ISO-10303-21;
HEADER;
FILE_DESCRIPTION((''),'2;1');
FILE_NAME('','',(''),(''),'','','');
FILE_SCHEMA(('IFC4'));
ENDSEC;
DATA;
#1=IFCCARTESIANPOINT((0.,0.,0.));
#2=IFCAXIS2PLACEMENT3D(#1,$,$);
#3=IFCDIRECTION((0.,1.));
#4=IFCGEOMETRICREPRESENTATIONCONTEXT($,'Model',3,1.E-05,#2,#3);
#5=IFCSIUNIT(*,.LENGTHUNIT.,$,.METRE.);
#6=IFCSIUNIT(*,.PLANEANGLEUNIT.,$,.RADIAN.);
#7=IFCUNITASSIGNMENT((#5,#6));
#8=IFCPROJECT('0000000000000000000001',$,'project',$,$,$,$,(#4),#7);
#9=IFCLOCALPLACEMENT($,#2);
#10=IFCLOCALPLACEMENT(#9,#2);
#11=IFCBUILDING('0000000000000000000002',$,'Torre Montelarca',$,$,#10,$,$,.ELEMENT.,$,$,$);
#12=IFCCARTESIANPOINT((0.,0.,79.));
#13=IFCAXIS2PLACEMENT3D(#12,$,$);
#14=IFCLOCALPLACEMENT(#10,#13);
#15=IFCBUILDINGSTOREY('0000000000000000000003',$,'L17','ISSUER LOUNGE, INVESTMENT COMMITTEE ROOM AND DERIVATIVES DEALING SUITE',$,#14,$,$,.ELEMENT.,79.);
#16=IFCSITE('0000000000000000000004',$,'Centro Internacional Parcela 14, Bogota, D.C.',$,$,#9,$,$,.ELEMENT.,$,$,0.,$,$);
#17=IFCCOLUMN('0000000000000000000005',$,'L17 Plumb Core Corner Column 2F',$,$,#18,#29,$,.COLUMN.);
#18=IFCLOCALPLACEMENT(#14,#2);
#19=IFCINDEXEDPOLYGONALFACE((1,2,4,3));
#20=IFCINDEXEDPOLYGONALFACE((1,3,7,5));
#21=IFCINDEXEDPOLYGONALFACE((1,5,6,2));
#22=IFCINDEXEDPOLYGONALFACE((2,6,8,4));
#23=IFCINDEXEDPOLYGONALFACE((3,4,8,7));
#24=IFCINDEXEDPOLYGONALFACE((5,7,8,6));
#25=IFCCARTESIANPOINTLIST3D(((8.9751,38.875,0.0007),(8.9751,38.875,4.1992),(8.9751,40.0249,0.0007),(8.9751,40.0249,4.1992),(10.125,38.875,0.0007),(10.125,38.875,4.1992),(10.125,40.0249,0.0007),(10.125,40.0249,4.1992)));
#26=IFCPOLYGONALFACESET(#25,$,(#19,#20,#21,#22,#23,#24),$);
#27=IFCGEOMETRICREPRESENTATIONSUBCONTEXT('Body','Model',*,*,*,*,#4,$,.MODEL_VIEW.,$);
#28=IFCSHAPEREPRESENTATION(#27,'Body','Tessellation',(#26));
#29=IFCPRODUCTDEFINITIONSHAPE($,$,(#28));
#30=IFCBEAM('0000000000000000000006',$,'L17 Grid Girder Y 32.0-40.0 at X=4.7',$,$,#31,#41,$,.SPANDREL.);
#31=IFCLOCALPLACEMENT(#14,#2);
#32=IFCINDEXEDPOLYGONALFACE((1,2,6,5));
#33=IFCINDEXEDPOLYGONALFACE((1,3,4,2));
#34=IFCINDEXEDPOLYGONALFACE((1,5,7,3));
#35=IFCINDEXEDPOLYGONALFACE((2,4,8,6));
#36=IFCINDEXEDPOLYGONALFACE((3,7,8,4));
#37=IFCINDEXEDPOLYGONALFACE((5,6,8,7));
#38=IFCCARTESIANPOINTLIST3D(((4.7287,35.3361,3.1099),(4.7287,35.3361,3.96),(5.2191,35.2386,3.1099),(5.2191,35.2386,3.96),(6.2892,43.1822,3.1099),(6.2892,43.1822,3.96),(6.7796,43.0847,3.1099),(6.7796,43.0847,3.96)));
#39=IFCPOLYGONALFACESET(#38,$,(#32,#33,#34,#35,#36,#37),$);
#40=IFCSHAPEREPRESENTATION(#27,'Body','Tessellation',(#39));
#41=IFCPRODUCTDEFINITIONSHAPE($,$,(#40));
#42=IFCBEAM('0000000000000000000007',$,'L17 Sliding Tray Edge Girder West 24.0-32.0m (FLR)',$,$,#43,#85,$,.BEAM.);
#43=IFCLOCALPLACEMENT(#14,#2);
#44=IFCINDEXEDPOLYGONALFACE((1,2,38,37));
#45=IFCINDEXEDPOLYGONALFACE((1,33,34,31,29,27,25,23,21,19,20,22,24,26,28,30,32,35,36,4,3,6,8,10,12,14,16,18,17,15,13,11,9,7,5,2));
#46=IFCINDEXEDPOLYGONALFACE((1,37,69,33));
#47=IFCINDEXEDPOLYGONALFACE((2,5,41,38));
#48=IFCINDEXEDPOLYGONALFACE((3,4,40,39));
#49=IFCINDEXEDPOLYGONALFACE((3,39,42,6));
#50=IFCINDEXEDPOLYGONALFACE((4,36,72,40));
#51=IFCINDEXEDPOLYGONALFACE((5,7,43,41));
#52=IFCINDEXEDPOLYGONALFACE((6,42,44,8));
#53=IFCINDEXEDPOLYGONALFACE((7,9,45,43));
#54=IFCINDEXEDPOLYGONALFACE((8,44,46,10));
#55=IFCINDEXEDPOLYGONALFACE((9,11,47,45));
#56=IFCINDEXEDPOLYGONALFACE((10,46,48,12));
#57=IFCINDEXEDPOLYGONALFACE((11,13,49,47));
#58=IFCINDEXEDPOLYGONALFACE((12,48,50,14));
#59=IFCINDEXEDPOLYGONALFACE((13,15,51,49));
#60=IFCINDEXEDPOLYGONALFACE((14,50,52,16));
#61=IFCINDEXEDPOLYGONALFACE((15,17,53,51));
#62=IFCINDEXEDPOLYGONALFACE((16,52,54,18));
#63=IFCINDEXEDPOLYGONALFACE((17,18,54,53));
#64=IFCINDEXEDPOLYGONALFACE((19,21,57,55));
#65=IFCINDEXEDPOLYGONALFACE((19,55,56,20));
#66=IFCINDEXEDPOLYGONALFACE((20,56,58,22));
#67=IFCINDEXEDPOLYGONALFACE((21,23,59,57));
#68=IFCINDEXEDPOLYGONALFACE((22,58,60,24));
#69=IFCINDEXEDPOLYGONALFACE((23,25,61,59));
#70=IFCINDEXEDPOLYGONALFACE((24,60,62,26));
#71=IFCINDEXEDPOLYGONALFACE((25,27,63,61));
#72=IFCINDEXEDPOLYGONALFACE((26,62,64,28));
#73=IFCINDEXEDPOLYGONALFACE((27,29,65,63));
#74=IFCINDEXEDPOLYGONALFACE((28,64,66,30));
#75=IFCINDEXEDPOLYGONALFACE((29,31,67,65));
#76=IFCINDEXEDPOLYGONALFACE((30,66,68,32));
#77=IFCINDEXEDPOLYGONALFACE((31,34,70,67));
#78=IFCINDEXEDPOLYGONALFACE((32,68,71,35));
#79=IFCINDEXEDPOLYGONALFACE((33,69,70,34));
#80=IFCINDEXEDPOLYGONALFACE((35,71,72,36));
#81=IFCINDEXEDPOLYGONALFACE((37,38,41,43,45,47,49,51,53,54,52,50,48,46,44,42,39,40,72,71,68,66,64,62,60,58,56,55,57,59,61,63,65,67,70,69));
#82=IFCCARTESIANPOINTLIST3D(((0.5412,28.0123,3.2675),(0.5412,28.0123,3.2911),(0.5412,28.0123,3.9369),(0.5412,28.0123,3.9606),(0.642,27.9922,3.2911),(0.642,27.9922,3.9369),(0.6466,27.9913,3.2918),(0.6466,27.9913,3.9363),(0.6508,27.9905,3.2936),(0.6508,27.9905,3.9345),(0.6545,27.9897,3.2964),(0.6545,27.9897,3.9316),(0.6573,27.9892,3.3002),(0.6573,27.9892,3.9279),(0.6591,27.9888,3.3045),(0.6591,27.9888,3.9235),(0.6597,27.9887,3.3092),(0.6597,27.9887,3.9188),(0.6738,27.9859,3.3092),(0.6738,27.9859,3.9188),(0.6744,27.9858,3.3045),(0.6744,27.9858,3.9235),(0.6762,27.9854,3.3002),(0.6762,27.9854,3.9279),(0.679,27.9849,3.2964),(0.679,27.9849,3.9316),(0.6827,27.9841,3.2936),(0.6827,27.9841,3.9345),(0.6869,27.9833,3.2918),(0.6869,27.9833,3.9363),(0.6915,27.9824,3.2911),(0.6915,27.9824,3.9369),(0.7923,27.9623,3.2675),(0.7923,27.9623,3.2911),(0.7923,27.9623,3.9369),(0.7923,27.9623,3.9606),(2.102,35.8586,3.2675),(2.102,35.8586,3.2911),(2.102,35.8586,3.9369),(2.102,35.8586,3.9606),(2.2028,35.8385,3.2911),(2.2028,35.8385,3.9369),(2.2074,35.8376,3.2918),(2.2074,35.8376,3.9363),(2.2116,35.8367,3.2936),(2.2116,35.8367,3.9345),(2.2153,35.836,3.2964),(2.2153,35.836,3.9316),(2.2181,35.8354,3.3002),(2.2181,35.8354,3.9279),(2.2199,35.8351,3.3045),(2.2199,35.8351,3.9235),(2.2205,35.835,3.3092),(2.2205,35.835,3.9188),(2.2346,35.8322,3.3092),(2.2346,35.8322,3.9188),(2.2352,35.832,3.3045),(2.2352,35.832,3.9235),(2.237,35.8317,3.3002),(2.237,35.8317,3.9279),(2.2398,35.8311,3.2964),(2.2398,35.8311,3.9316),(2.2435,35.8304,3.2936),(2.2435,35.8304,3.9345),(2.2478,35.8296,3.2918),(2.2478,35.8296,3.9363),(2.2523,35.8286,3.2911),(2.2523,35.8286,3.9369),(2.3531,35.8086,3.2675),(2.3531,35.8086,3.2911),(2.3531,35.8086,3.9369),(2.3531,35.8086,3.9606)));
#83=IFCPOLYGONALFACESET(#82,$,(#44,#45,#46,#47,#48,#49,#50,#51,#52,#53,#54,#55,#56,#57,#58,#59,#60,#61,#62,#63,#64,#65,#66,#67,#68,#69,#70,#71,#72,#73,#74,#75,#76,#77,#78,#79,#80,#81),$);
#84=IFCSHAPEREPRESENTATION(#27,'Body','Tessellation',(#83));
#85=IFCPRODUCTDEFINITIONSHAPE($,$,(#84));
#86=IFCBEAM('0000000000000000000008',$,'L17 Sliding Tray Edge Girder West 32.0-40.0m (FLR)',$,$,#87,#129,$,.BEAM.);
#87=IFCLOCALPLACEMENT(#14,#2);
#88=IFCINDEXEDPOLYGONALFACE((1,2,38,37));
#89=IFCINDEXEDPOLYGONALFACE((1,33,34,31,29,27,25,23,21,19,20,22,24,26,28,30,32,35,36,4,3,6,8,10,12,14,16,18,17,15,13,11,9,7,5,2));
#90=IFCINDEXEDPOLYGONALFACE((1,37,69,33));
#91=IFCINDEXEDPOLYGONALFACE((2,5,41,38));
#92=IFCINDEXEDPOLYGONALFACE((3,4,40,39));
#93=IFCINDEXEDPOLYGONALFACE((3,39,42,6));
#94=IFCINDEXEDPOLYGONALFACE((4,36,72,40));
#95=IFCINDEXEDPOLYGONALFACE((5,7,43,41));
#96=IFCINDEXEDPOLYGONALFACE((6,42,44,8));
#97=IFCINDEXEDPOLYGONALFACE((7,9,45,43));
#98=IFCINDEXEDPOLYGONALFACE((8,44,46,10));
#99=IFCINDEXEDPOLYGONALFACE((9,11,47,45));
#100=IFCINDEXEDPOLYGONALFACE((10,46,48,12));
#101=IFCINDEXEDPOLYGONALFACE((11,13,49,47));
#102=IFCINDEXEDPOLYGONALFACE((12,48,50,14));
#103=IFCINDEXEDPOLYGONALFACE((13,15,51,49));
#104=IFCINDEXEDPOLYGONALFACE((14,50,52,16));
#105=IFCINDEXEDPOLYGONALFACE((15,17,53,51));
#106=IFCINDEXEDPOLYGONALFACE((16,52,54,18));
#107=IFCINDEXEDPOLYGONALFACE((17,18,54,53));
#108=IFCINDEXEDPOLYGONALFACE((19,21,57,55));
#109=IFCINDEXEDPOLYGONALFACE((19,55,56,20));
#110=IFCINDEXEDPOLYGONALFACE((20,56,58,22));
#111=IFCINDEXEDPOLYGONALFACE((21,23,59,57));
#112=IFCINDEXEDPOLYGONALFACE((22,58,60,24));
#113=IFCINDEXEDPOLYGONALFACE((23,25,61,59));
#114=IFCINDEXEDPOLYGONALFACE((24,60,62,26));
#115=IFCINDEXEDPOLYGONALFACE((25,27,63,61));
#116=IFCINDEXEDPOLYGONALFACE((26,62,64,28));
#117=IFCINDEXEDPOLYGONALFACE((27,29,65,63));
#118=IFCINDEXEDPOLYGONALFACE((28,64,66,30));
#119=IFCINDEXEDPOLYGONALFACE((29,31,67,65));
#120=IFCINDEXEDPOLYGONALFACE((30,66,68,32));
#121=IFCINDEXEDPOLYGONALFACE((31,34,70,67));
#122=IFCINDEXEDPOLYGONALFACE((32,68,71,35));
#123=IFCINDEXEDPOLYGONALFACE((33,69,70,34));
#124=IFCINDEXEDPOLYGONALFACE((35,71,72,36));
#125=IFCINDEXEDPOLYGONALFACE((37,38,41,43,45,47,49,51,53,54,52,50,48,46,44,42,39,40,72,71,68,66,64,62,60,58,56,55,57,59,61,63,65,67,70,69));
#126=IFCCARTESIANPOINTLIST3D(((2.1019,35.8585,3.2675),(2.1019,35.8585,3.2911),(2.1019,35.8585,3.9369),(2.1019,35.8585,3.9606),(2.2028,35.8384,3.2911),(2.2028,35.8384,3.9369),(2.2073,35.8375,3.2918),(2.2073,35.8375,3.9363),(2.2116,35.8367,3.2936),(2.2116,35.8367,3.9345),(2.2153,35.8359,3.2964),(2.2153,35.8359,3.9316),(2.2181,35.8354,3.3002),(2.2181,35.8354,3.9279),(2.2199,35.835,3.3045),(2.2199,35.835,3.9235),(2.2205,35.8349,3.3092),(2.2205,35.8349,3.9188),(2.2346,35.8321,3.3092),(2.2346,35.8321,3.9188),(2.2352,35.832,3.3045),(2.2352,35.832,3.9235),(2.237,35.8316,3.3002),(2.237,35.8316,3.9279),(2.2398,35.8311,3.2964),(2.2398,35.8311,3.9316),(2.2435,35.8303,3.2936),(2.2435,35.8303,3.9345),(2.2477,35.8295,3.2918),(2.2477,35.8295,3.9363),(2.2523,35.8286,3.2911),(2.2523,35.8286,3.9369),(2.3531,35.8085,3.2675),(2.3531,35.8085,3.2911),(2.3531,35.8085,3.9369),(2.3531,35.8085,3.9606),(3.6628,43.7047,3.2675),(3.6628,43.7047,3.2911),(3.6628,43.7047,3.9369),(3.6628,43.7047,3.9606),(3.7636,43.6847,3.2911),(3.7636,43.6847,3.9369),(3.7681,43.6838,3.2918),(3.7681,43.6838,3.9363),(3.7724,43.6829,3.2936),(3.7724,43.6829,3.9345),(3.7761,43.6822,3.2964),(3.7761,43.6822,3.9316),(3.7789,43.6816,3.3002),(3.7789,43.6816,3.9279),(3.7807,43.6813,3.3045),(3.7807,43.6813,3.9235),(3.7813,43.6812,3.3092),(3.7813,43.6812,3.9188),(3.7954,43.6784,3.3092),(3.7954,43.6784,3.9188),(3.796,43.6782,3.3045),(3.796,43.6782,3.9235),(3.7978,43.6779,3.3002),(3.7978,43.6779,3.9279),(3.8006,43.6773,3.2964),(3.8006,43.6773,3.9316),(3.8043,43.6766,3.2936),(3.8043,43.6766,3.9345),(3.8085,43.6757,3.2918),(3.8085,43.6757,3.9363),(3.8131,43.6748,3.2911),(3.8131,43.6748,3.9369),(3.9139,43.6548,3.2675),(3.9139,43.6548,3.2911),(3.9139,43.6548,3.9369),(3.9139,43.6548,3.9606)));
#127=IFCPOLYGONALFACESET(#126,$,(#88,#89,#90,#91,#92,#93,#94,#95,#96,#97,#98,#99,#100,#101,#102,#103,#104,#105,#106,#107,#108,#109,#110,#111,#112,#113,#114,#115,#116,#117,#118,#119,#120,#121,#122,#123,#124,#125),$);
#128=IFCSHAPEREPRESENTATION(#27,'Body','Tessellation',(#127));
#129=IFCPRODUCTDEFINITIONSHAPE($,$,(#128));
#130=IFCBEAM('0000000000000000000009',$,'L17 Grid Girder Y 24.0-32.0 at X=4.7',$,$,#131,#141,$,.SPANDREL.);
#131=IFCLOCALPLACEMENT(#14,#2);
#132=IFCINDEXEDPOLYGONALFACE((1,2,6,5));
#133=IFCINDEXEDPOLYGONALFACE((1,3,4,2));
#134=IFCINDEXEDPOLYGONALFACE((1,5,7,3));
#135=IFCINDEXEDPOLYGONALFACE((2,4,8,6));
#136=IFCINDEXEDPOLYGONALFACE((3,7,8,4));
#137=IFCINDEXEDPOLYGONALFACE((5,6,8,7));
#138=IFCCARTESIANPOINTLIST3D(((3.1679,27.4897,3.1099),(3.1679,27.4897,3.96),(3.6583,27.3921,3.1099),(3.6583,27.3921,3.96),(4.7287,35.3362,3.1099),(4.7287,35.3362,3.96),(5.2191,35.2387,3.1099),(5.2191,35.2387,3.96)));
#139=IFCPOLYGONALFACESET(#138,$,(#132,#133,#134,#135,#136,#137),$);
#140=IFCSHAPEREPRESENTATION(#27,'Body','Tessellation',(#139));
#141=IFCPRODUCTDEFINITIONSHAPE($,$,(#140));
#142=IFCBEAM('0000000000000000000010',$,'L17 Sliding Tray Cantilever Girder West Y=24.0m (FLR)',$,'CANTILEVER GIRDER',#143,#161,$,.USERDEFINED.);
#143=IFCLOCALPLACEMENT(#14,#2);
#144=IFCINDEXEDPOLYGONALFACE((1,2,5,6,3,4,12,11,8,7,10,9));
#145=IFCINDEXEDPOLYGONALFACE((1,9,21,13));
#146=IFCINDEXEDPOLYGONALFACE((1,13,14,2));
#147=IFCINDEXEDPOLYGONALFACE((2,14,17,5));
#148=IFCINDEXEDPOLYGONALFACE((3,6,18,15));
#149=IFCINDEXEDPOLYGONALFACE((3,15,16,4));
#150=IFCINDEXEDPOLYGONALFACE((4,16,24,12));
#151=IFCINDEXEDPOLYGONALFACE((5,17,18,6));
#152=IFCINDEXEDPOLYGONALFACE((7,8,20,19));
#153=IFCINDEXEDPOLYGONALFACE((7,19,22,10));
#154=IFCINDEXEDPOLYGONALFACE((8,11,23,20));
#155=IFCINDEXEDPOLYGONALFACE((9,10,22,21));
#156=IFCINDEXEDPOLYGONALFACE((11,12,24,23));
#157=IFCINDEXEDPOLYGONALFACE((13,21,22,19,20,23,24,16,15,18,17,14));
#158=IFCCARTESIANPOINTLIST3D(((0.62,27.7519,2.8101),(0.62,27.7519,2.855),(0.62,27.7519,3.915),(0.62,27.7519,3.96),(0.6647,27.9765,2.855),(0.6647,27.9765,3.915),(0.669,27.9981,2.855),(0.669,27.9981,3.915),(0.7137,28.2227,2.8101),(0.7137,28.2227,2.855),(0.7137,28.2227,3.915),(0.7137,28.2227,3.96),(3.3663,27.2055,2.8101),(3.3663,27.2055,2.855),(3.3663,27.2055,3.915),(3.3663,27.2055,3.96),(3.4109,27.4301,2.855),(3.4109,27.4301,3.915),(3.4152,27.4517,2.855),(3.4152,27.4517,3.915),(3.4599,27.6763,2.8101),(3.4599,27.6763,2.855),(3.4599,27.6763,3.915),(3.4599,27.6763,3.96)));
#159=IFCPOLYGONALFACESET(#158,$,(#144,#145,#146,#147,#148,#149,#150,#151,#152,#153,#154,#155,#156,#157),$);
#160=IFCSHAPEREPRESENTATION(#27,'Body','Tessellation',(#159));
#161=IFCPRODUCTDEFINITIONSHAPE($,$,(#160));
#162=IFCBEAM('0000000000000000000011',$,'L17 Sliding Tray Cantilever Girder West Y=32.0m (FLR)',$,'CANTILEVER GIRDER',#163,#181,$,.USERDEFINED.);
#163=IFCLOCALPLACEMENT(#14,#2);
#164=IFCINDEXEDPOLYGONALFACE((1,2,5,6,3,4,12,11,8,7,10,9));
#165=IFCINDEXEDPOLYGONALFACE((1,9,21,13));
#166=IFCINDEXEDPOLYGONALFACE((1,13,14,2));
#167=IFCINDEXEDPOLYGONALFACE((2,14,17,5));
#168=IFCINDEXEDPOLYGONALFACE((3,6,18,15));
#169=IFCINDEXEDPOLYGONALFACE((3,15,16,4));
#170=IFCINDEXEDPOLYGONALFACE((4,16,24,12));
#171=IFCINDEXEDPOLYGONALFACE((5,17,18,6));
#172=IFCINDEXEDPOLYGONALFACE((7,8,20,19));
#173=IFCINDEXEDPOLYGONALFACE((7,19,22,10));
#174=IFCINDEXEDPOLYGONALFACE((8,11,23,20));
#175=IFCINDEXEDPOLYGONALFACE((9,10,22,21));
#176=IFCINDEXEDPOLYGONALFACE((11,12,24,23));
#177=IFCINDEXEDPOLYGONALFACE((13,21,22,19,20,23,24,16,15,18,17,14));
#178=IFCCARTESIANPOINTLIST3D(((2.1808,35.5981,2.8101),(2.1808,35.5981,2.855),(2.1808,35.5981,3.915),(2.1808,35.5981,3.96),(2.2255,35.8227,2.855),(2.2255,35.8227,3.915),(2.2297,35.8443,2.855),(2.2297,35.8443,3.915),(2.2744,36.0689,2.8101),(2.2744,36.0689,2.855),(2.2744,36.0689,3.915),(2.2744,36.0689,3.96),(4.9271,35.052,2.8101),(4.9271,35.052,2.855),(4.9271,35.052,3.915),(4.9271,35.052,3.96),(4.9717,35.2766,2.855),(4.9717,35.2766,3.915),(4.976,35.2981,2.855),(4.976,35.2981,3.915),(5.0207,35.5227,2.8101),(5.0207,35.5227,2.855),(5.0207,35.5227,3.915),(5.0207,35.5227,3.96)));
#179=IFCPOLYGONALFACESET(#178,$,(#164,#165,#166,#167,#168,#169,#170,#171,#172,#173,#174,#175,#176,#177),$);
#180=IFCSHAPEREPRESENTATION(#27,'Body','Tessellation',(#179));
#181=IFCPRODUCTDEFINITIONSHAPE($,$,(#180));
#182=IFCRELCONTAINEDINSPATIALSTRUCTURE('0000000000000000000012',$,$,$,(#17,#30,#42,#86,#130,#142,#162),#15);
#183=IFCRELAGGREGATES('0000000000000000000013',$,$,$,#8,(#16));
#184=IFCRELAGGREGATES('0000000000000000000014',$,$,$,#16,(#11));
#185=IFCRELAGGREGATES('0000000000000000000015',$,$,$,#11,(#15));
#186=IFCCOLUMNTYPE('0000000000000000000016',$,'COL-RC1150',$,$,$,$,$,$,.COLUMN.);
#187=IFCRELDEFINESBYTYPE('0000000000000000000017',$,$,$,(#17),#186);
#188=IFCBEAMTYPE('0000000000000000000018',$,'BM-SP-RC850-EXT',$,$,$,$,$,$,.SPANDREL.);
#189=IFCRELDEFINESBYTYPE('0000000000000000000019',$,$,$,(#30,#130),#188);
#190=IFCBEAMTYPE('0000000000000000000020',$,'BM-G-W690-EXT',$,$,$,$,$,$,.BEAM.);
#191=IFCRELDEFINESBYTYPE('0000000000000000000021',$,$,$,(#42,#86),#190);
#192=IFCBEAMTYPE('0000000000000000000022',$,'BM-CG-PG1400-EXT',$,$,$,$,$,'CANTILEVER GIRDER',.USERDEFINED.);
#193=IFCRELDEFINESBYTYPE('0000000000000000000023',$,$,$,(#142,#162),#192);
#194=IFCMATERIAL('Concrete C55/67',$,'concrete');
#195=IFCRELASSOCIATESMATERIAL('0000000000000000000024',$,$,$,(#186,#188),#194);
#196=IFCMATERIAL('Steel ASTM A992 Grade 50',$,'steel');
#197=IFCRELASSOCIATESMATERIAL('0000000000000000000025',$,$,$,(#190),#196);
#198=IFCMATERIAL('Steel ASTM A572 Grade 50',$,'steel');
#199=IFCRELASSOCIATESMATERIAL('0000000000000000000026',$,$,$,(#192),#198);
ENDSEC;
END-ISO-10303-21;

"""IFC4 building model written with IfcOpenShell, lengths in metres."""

from ifc_helpers import new_model, si_unit, direction, frame, origin, origin_2d, place, context, subcontext, project, spatial, rectangle, i_section, extrude, source, transform, mapped, material, material_profile, profile_set, type_object, element, save


model = new_model("IFC4")

# Units and contexts
model_context = context("Model", 3, precision=1e-05, world=origin(), true_north=direction((0.0, 1.0)))
body_context = subcontext(model_context, "Body", "Model", "MODEL_VIEW")
ifc_project = project(units=[si_unit("LENGTHUNIT", "METRE"), si_unit("PLANEANGLEUNIT", "RADIAN")], contexts=[model_context])

# Site, building, storey
site_placement = place(None, origin())
site = spatial("IfcSite", under=ifc_project, at=site_placement, Name="Centro Internacional Parcela 14, Bogota, D.C.", CompositionType="ELEMENT", RefElevation=0.0)
building_placement = place(site_placement, origin())
building = spatial("IfcBuilding", under=site, at=building_placement, Name="Torre Montelarca", CompositionType="ELEMENT")
storey_placement = place(building_placement, frame((0.0, 0.0, 79.0)))
storey = spatial("IfcBuildingStorey", under=building, at=storey_placement, Name="L17", Description="ISSUER LOUNGE, INVESTMENT COMMITTEE ROOM AND DERIVATIVES DEALING SUITE", CompositionType="ELEMENT", Elevation=79.0)

# Column
ifc_material_1 = material(Name="Concrete C55/67", Category="concrete")
ifc_material_profile_1 = material_profile(ifc_material_1, rectangle(XDim=1.1499, YDim=1.1499, at=origin_2d()), Name="RC1150X1150", Category="concrete")
ifc_profile_set_1 = profile_set([ifc_material_profile_1], Name="Concrete C55/67")
column_type_1 = type_object("IfcColumnType", Name="COL-RC1150", PredefinedType="COLUMN", material=ifc_profile_set_1)
shared_shape_1 = source(origin(), body_context, "Body", "SweptSolid", [
    extrude(rectangle(XDim=1.1499, YDim=1.1499, at=origin_2d()), origin(), (0.0, 0.0, 1.0), 4.1985),
])
column_1_placement = place(storey_placement, frame((9.55, 39.45, 0.0007), z_axis=(0.0, 0.0, 1.0), x_axis=(1.0, 0.0, 0.0)))
element("IfcColumn", 1, at=column_1_placement, inside=storey, type_object=column_type_1, Name="L17 Plumb Core Corner Column 2F", PredefinedType="COLUMN", context=body_context, shape_type="MappedRepresentation", body=[
    mapped(shared_shape_1, transform((0.0, 0.0, 0.0), scale=1.0)),
])

# Beams
ifc_material_profile_2 = material_profile(ifc_material_1, rectangle(XDim=0.5, YDim=0.8501, at=origin_2d()), Name="RCB500X850", Category="concrete")
ifc_profile_set_2 = profile_set([ifc_material_profile_2], Name="Concrete C55/67")
beam_type_1 = type_object("IfcBeamType", Name="BM-SP-RC850-EXT", PredefinedType="SPANDREL", material=ifc_profile_set_2)
shared_shape_2 = source(origin(), body_context, "Body", "SweptSolid", [
    extrude(rectangle(XDim=0.5, YDim=0.8501, at=origin_2d()), origin(), (0.0, 0.0, 1.0), 7.9998),
])
beam_1_placement = place(storey_placement, frame((4.9739, 35.2874, 3.5349), z_axis=(0.195071, 0.980789, 0.0), x_axis=(-0.980789, 0.195071, 0.0)))
element("IfcBeam", 2, at=beam_1_placement, inside=storey, type_object=beam_type_1, Name="L17 Grid Girder Y 32.0-40.0 at X=4.7", PredefinedType="SPANDREL", context=body_context, shape_type="MappedRepresentation", body=[
    mapped(shared_shape_2, transform((0.0, 0.0, 0.0), scale=1.0)),
])
ifc_material_2 = material(Name="Steel ASTM A992 Grade 50", Category="steel")
ifc_material_profile_3 = material_profile(ifc_material_2, i_section(OverallWidth=0.2561, OverallDepth=0.6931, WebThickness=0.0144, FlangeThickness=0.0237, FilletRadius=0.0181, at=origin_2d()), Name="W690X170", Category="steel")
ifc_profile_set_3 = profile_set([ifc_material_profile_3], Name="Steel ASTM A992 Grade 50")
beam_type_2 = type_object("IfcBeamType", Name="BM-G-W690-EXT", PredefinedType="BEAM", material=ifc_profile_set_3)
shared_shape_3 = source(origin(), body_context, "Body", "SweptSolid", [
    extrude(i_section(OverallWidth=0.2561, OverallDepth=0.6931, WebThickness=0.0144, FlangeThickness=0.0237, FilletRadius=0.0181, at=origin_2d()), origin(), (0.0, 0.0, 1.0), 8.0),
])
for number, where, z_axis, x_axis, name in (
    (3, (0.6667, 27.9873, 3.614), (0.195101, 0.980783, 0.0), (-0.980783, 0.195101, 0.0), "L17 Sliding Tray Edge Girder West 24.0-32.0m (FLR)"),
    (4, (2.2275, 35.8335, 3.614), (0.195101, 0.980783, 0.0), (-0.980783, 0.195101, 0.0), "L17 Sliding Tray Edge Girder West 32.0-40.0m (FLR)"),
):
    element("IfcBeam", number, at=place(storey_placement, frame(where, z_axis=z_axis, x_axis=x_axis)), inside=storey, type_object=beam_type_2, Name=name, PredefinedType="BEAM", context=body_context, shape_type="MappedRepresentation", body=[
        mapped(shared_shape_3, transform((0.0, 0.0, 0.0), scale=1.0)),
    ])
shared_shape_4 = source(origin(), body_context, "Body", "SweptSolid", [
    extrude(rectangle(XDim=0.5, YDim=0.8501, at=origin_2d()), origin(), (0.0, 0.0, 1.0), 8.0002),
])
beam_2_placement = place(storey_placement, frame((3.4131, 27.4409, 3.5349), z_axis=(0.195095, 0.980784, 0.0), x_axis=(-0.980784, 0.195095, 0.0)))
element("IfcBeam", 5, at=beam_2_placement, inside=storey, type_object=beam_type_1, Name="L17 Grid Girder Y 24.0-32.0 at X=4.7", PredefinedType="SPANDREL", context=body_context, shape_type="MappedRepresentation", body=[
    mapped(shared_shape_4, transform((0.0, 0.0, 0.0), scale=1.0)),
])
ifc_material_3 = material(Name="Steel ASTM A572 Grade 50", Category="steel")
ifc_material_profile_4 = material_profile(ifc_material_3, i_section(OverallWidth=0.48, OverallDepth=1.1499, WebThickness=0.022, FlangeThickness=0.0449, at=origin_2d()), Name="PG1150X480X22X45", Category="steel")
ifc_profile_set_4 = profile_set([ifc_material_profile_4], Name="Steel ASTM A572 Grade 50")
beam_type_3 = type_object("IfcBeamType", Name="BM-CG-PG1400-EXT", ElementType="CANTILEVER GIRDER", PredefinedType="USERDEFINED", material=ifc_profile_set_4)
shared_shape_5 = source(origin(), body_context, "Body", "SweptSolid", [
    extrude(i_section(OverallWidth=0.48, OverallDepth=1.1499, WebThickness=0.022, FlangeThickness=0.0449, at=origin_2d()), origin(), (0.0, 0.0, 1.0), 2.8),
])
for number, where, z_axis, x_axis, name in (
    (6, (3.4131, 27.4409, 3.385), (-0.980778, 0.195127, 0.0), (-0.195127, -0.980778, 0.0), "L17 Sliding Tray Cantilever Girder West Y=24.0m (FLR)"),
    (7, (4.9739, 35.2874, 3.385), (-0.980795, 0.195043, 0.0), (-0.195043, -0.980795, 0.0), "L17 Sliding Tray Cantilever Girder West Y=32.0m (FLR)"),
):
    element("IfcBeam", number, at=place(storey_placement, frame(where, z_axis=z_axis, x_axis=x_axis)), inside=storey, type_object=beam_type_3, Name=name, ObjectType="CANTILEVER GIRDER", PredefinedType="USERDEFINED", context=body_context, shape_type="MappedRepresentation", body=[
        mapped(shared_shape_5, transform((0.0, 0.0, 0.0), scale=1.0)),
    ])

save(model, "model.ifc")
